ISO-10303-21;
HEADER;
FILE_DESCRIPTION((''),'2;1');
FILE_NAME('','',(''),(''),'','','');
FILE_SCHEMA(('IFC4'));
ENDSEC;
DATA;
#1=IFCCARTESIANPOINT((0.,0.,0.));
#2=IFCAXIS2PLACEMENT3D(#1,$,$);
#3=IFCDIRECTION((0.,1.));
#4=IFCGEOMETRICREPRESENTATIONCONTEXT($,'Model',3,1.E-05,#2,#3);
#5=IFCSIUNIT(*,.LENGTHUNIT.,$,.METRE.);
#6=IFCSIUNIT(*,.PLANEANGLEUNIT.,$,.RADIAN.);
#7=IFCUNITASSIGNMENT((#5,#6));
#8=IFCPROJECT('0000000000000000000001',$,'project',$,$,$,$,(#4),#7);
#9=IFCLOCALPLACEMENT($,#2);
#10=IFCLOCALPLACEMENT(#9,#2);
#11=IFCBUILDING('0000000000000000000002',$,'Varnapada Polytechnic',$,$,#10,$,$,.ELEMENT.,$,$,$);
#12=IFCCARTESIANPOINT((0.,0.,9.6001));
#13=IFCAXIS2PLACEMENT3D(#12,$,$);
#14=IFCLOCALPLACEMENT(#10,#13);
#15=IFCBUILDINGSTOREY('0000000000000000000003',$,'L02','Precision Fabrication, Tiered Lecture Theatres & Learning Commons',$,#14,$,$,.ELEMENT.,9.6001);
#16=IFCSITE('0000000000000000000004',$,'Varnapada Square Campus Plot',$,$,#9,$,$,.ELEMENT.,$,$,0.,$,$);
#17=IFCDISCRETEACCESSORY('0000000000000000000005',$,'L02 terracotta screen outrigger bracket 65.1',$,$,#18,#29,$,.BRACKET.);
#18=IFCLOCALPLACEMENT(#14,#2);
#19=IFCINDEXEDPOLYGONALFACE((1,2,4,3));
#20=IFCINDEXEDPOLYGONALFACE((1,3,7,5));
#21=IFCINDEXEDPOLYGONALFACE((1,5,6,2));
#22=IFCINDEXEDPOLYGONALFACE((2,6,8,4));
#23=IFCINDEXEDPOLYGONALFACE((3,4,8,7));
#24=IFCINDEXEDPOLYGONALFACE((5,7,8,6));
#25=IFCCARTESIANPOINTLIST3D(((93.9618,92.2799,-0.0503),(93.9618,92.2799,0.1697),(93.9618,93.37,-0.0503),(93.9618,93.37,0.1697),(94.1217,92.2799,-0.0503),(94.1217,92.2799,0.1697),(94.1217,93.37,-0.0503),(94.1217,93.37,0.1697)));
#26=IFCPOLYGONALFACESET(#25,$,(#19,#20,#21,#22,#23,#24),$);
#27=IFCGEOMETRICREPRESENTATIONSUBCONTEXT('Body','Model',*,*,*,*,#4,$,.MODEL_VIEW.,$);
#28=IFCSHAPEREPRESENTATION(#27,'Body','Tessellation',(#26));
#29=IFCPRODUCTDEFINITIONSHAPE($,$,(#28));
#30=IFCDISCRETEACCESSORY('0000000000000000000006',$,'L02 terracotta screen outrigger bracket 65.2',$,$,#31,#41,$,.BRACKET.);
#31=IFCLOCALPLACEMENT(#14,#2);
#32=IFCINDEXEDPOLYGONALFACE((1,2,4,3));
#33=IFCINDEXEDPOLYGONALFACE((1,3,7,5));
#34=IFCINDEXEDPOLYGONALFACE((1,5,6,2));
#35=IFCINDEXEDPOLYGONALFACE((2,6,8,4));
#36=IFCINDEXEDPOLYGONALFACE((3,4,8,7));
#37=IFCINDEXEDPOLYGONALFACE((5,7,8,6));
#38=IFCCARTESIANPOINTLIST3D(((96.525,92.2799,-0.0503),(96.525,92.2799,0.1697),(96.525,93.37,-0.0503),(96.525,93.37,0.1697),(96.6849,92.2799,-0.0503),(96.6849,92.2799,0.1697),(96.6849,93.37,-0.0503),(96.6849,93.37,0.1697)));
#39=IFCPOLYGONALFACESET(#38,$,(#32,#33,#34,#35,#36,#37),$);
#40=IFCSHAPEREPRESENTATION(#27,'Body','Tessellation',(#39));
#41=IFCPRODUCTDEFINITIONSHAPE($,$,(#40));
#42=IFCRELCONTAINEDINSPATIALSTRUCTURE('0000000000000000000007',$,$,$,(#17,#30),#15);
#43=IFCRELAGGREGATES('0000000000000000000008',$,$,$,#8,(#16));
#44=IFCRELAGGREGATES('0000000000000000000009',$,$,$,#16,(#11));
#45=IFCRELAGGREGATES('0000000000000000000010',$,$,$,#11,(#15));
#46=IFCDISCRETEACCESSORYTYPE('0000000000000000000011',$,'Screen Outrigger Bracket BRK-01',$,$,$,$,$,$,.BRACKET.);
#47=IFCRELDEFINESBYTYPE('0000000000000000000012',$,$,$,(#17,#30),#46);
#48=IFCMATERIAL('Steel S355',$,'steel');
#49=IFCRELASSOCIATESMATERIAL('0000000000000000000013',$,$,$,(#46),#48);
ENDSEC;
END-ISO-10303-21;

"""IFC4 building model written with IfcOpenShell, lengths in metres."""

from ifc_helpers import new_model, si_unit, direction, frame, origin, origin_2d, place, context, subcontext, project, spatial, rectangle, extrude, material, type_object, element, save


model = new_model("IFC4")

# Units and contexts
model_context = context("Model", 3, precision=1e-05, world=origin(), true_north=direction((0.0, 1.0)))
body_context = subcontext(model_context, "Body", "Model", "MODEL_VIEW")
ifc_project = project(units=[si_unit("LENGTHUNIT", "METRE"), si_unit("PLANEANGLEUNIT", "RADIAN")], contexts=[model_context])

# Site, building, storey
site_placement = place(None, origin())
site = spatial("IfcSite", under=ifc_project, at=site_placement, Name="Varnapada Square Campus Plot", CompositionType="ELEMENT", RefElevation=0.0)
building_placement = place(site_placement, origin())
building = spatial("IfcBuilding", under=site, at=building_placement, Name="Varnapada Polytechnic", CompositionType="ELEMENT")
storey_placement = place(building_placement, frame((0.0, 0.0, 9.6001)))
storey = spatial("IfcBuildingStorey", under=building, at=storey_placement, Name="L02", Description="Precision Fabrication, Tiered Lecture Theatres & Learning Commons", CompositionType="ELEMENT", Elevation=9.6001)

# Shared definitions
ifc_material_1 = material(Name="Steel S355", Category="steel")

# Discrete accessories
discrete_accessory_type = type_object("IfcDiscreteAccessoryType", Name="Screen Outrigger Bracket BRK-01", PredefinedType="BRACKET", material=ifc_material_1)
for number, where, z_axis, x_axis, name in (
    (1, (94.0417, 92.825, -0.0503), (0.0, 0.0, 1.0), (1.0, 0.0, 0.0), "L02 terracotta screen outrigger bracket 65.1"),
    (2, (96.605, 92.825, -0.0503), (0.0, 0.0, 1.0), (1.0, 0.0, 0.0), "L02 terracotta screen outrigger bracket 65.2"),
):
    element("IfcDiscreteAccessory", number, at=place(storey_placement, frame(where, z_axis=z_axis, x_axis=x_axis)), inside=storey, type_object=discrete_accessory_type, Name=name, PredefinedType="BRACKET", context=body_context, shape_type="SweptSolid", body=[
        extrude(rectangle(XDim=0.1599, YDim=1.0901, at=origin_2d()), origin(), (0.0, 0.0, 1.0), 0.22),
    ])

save(model, "model.ifc")
